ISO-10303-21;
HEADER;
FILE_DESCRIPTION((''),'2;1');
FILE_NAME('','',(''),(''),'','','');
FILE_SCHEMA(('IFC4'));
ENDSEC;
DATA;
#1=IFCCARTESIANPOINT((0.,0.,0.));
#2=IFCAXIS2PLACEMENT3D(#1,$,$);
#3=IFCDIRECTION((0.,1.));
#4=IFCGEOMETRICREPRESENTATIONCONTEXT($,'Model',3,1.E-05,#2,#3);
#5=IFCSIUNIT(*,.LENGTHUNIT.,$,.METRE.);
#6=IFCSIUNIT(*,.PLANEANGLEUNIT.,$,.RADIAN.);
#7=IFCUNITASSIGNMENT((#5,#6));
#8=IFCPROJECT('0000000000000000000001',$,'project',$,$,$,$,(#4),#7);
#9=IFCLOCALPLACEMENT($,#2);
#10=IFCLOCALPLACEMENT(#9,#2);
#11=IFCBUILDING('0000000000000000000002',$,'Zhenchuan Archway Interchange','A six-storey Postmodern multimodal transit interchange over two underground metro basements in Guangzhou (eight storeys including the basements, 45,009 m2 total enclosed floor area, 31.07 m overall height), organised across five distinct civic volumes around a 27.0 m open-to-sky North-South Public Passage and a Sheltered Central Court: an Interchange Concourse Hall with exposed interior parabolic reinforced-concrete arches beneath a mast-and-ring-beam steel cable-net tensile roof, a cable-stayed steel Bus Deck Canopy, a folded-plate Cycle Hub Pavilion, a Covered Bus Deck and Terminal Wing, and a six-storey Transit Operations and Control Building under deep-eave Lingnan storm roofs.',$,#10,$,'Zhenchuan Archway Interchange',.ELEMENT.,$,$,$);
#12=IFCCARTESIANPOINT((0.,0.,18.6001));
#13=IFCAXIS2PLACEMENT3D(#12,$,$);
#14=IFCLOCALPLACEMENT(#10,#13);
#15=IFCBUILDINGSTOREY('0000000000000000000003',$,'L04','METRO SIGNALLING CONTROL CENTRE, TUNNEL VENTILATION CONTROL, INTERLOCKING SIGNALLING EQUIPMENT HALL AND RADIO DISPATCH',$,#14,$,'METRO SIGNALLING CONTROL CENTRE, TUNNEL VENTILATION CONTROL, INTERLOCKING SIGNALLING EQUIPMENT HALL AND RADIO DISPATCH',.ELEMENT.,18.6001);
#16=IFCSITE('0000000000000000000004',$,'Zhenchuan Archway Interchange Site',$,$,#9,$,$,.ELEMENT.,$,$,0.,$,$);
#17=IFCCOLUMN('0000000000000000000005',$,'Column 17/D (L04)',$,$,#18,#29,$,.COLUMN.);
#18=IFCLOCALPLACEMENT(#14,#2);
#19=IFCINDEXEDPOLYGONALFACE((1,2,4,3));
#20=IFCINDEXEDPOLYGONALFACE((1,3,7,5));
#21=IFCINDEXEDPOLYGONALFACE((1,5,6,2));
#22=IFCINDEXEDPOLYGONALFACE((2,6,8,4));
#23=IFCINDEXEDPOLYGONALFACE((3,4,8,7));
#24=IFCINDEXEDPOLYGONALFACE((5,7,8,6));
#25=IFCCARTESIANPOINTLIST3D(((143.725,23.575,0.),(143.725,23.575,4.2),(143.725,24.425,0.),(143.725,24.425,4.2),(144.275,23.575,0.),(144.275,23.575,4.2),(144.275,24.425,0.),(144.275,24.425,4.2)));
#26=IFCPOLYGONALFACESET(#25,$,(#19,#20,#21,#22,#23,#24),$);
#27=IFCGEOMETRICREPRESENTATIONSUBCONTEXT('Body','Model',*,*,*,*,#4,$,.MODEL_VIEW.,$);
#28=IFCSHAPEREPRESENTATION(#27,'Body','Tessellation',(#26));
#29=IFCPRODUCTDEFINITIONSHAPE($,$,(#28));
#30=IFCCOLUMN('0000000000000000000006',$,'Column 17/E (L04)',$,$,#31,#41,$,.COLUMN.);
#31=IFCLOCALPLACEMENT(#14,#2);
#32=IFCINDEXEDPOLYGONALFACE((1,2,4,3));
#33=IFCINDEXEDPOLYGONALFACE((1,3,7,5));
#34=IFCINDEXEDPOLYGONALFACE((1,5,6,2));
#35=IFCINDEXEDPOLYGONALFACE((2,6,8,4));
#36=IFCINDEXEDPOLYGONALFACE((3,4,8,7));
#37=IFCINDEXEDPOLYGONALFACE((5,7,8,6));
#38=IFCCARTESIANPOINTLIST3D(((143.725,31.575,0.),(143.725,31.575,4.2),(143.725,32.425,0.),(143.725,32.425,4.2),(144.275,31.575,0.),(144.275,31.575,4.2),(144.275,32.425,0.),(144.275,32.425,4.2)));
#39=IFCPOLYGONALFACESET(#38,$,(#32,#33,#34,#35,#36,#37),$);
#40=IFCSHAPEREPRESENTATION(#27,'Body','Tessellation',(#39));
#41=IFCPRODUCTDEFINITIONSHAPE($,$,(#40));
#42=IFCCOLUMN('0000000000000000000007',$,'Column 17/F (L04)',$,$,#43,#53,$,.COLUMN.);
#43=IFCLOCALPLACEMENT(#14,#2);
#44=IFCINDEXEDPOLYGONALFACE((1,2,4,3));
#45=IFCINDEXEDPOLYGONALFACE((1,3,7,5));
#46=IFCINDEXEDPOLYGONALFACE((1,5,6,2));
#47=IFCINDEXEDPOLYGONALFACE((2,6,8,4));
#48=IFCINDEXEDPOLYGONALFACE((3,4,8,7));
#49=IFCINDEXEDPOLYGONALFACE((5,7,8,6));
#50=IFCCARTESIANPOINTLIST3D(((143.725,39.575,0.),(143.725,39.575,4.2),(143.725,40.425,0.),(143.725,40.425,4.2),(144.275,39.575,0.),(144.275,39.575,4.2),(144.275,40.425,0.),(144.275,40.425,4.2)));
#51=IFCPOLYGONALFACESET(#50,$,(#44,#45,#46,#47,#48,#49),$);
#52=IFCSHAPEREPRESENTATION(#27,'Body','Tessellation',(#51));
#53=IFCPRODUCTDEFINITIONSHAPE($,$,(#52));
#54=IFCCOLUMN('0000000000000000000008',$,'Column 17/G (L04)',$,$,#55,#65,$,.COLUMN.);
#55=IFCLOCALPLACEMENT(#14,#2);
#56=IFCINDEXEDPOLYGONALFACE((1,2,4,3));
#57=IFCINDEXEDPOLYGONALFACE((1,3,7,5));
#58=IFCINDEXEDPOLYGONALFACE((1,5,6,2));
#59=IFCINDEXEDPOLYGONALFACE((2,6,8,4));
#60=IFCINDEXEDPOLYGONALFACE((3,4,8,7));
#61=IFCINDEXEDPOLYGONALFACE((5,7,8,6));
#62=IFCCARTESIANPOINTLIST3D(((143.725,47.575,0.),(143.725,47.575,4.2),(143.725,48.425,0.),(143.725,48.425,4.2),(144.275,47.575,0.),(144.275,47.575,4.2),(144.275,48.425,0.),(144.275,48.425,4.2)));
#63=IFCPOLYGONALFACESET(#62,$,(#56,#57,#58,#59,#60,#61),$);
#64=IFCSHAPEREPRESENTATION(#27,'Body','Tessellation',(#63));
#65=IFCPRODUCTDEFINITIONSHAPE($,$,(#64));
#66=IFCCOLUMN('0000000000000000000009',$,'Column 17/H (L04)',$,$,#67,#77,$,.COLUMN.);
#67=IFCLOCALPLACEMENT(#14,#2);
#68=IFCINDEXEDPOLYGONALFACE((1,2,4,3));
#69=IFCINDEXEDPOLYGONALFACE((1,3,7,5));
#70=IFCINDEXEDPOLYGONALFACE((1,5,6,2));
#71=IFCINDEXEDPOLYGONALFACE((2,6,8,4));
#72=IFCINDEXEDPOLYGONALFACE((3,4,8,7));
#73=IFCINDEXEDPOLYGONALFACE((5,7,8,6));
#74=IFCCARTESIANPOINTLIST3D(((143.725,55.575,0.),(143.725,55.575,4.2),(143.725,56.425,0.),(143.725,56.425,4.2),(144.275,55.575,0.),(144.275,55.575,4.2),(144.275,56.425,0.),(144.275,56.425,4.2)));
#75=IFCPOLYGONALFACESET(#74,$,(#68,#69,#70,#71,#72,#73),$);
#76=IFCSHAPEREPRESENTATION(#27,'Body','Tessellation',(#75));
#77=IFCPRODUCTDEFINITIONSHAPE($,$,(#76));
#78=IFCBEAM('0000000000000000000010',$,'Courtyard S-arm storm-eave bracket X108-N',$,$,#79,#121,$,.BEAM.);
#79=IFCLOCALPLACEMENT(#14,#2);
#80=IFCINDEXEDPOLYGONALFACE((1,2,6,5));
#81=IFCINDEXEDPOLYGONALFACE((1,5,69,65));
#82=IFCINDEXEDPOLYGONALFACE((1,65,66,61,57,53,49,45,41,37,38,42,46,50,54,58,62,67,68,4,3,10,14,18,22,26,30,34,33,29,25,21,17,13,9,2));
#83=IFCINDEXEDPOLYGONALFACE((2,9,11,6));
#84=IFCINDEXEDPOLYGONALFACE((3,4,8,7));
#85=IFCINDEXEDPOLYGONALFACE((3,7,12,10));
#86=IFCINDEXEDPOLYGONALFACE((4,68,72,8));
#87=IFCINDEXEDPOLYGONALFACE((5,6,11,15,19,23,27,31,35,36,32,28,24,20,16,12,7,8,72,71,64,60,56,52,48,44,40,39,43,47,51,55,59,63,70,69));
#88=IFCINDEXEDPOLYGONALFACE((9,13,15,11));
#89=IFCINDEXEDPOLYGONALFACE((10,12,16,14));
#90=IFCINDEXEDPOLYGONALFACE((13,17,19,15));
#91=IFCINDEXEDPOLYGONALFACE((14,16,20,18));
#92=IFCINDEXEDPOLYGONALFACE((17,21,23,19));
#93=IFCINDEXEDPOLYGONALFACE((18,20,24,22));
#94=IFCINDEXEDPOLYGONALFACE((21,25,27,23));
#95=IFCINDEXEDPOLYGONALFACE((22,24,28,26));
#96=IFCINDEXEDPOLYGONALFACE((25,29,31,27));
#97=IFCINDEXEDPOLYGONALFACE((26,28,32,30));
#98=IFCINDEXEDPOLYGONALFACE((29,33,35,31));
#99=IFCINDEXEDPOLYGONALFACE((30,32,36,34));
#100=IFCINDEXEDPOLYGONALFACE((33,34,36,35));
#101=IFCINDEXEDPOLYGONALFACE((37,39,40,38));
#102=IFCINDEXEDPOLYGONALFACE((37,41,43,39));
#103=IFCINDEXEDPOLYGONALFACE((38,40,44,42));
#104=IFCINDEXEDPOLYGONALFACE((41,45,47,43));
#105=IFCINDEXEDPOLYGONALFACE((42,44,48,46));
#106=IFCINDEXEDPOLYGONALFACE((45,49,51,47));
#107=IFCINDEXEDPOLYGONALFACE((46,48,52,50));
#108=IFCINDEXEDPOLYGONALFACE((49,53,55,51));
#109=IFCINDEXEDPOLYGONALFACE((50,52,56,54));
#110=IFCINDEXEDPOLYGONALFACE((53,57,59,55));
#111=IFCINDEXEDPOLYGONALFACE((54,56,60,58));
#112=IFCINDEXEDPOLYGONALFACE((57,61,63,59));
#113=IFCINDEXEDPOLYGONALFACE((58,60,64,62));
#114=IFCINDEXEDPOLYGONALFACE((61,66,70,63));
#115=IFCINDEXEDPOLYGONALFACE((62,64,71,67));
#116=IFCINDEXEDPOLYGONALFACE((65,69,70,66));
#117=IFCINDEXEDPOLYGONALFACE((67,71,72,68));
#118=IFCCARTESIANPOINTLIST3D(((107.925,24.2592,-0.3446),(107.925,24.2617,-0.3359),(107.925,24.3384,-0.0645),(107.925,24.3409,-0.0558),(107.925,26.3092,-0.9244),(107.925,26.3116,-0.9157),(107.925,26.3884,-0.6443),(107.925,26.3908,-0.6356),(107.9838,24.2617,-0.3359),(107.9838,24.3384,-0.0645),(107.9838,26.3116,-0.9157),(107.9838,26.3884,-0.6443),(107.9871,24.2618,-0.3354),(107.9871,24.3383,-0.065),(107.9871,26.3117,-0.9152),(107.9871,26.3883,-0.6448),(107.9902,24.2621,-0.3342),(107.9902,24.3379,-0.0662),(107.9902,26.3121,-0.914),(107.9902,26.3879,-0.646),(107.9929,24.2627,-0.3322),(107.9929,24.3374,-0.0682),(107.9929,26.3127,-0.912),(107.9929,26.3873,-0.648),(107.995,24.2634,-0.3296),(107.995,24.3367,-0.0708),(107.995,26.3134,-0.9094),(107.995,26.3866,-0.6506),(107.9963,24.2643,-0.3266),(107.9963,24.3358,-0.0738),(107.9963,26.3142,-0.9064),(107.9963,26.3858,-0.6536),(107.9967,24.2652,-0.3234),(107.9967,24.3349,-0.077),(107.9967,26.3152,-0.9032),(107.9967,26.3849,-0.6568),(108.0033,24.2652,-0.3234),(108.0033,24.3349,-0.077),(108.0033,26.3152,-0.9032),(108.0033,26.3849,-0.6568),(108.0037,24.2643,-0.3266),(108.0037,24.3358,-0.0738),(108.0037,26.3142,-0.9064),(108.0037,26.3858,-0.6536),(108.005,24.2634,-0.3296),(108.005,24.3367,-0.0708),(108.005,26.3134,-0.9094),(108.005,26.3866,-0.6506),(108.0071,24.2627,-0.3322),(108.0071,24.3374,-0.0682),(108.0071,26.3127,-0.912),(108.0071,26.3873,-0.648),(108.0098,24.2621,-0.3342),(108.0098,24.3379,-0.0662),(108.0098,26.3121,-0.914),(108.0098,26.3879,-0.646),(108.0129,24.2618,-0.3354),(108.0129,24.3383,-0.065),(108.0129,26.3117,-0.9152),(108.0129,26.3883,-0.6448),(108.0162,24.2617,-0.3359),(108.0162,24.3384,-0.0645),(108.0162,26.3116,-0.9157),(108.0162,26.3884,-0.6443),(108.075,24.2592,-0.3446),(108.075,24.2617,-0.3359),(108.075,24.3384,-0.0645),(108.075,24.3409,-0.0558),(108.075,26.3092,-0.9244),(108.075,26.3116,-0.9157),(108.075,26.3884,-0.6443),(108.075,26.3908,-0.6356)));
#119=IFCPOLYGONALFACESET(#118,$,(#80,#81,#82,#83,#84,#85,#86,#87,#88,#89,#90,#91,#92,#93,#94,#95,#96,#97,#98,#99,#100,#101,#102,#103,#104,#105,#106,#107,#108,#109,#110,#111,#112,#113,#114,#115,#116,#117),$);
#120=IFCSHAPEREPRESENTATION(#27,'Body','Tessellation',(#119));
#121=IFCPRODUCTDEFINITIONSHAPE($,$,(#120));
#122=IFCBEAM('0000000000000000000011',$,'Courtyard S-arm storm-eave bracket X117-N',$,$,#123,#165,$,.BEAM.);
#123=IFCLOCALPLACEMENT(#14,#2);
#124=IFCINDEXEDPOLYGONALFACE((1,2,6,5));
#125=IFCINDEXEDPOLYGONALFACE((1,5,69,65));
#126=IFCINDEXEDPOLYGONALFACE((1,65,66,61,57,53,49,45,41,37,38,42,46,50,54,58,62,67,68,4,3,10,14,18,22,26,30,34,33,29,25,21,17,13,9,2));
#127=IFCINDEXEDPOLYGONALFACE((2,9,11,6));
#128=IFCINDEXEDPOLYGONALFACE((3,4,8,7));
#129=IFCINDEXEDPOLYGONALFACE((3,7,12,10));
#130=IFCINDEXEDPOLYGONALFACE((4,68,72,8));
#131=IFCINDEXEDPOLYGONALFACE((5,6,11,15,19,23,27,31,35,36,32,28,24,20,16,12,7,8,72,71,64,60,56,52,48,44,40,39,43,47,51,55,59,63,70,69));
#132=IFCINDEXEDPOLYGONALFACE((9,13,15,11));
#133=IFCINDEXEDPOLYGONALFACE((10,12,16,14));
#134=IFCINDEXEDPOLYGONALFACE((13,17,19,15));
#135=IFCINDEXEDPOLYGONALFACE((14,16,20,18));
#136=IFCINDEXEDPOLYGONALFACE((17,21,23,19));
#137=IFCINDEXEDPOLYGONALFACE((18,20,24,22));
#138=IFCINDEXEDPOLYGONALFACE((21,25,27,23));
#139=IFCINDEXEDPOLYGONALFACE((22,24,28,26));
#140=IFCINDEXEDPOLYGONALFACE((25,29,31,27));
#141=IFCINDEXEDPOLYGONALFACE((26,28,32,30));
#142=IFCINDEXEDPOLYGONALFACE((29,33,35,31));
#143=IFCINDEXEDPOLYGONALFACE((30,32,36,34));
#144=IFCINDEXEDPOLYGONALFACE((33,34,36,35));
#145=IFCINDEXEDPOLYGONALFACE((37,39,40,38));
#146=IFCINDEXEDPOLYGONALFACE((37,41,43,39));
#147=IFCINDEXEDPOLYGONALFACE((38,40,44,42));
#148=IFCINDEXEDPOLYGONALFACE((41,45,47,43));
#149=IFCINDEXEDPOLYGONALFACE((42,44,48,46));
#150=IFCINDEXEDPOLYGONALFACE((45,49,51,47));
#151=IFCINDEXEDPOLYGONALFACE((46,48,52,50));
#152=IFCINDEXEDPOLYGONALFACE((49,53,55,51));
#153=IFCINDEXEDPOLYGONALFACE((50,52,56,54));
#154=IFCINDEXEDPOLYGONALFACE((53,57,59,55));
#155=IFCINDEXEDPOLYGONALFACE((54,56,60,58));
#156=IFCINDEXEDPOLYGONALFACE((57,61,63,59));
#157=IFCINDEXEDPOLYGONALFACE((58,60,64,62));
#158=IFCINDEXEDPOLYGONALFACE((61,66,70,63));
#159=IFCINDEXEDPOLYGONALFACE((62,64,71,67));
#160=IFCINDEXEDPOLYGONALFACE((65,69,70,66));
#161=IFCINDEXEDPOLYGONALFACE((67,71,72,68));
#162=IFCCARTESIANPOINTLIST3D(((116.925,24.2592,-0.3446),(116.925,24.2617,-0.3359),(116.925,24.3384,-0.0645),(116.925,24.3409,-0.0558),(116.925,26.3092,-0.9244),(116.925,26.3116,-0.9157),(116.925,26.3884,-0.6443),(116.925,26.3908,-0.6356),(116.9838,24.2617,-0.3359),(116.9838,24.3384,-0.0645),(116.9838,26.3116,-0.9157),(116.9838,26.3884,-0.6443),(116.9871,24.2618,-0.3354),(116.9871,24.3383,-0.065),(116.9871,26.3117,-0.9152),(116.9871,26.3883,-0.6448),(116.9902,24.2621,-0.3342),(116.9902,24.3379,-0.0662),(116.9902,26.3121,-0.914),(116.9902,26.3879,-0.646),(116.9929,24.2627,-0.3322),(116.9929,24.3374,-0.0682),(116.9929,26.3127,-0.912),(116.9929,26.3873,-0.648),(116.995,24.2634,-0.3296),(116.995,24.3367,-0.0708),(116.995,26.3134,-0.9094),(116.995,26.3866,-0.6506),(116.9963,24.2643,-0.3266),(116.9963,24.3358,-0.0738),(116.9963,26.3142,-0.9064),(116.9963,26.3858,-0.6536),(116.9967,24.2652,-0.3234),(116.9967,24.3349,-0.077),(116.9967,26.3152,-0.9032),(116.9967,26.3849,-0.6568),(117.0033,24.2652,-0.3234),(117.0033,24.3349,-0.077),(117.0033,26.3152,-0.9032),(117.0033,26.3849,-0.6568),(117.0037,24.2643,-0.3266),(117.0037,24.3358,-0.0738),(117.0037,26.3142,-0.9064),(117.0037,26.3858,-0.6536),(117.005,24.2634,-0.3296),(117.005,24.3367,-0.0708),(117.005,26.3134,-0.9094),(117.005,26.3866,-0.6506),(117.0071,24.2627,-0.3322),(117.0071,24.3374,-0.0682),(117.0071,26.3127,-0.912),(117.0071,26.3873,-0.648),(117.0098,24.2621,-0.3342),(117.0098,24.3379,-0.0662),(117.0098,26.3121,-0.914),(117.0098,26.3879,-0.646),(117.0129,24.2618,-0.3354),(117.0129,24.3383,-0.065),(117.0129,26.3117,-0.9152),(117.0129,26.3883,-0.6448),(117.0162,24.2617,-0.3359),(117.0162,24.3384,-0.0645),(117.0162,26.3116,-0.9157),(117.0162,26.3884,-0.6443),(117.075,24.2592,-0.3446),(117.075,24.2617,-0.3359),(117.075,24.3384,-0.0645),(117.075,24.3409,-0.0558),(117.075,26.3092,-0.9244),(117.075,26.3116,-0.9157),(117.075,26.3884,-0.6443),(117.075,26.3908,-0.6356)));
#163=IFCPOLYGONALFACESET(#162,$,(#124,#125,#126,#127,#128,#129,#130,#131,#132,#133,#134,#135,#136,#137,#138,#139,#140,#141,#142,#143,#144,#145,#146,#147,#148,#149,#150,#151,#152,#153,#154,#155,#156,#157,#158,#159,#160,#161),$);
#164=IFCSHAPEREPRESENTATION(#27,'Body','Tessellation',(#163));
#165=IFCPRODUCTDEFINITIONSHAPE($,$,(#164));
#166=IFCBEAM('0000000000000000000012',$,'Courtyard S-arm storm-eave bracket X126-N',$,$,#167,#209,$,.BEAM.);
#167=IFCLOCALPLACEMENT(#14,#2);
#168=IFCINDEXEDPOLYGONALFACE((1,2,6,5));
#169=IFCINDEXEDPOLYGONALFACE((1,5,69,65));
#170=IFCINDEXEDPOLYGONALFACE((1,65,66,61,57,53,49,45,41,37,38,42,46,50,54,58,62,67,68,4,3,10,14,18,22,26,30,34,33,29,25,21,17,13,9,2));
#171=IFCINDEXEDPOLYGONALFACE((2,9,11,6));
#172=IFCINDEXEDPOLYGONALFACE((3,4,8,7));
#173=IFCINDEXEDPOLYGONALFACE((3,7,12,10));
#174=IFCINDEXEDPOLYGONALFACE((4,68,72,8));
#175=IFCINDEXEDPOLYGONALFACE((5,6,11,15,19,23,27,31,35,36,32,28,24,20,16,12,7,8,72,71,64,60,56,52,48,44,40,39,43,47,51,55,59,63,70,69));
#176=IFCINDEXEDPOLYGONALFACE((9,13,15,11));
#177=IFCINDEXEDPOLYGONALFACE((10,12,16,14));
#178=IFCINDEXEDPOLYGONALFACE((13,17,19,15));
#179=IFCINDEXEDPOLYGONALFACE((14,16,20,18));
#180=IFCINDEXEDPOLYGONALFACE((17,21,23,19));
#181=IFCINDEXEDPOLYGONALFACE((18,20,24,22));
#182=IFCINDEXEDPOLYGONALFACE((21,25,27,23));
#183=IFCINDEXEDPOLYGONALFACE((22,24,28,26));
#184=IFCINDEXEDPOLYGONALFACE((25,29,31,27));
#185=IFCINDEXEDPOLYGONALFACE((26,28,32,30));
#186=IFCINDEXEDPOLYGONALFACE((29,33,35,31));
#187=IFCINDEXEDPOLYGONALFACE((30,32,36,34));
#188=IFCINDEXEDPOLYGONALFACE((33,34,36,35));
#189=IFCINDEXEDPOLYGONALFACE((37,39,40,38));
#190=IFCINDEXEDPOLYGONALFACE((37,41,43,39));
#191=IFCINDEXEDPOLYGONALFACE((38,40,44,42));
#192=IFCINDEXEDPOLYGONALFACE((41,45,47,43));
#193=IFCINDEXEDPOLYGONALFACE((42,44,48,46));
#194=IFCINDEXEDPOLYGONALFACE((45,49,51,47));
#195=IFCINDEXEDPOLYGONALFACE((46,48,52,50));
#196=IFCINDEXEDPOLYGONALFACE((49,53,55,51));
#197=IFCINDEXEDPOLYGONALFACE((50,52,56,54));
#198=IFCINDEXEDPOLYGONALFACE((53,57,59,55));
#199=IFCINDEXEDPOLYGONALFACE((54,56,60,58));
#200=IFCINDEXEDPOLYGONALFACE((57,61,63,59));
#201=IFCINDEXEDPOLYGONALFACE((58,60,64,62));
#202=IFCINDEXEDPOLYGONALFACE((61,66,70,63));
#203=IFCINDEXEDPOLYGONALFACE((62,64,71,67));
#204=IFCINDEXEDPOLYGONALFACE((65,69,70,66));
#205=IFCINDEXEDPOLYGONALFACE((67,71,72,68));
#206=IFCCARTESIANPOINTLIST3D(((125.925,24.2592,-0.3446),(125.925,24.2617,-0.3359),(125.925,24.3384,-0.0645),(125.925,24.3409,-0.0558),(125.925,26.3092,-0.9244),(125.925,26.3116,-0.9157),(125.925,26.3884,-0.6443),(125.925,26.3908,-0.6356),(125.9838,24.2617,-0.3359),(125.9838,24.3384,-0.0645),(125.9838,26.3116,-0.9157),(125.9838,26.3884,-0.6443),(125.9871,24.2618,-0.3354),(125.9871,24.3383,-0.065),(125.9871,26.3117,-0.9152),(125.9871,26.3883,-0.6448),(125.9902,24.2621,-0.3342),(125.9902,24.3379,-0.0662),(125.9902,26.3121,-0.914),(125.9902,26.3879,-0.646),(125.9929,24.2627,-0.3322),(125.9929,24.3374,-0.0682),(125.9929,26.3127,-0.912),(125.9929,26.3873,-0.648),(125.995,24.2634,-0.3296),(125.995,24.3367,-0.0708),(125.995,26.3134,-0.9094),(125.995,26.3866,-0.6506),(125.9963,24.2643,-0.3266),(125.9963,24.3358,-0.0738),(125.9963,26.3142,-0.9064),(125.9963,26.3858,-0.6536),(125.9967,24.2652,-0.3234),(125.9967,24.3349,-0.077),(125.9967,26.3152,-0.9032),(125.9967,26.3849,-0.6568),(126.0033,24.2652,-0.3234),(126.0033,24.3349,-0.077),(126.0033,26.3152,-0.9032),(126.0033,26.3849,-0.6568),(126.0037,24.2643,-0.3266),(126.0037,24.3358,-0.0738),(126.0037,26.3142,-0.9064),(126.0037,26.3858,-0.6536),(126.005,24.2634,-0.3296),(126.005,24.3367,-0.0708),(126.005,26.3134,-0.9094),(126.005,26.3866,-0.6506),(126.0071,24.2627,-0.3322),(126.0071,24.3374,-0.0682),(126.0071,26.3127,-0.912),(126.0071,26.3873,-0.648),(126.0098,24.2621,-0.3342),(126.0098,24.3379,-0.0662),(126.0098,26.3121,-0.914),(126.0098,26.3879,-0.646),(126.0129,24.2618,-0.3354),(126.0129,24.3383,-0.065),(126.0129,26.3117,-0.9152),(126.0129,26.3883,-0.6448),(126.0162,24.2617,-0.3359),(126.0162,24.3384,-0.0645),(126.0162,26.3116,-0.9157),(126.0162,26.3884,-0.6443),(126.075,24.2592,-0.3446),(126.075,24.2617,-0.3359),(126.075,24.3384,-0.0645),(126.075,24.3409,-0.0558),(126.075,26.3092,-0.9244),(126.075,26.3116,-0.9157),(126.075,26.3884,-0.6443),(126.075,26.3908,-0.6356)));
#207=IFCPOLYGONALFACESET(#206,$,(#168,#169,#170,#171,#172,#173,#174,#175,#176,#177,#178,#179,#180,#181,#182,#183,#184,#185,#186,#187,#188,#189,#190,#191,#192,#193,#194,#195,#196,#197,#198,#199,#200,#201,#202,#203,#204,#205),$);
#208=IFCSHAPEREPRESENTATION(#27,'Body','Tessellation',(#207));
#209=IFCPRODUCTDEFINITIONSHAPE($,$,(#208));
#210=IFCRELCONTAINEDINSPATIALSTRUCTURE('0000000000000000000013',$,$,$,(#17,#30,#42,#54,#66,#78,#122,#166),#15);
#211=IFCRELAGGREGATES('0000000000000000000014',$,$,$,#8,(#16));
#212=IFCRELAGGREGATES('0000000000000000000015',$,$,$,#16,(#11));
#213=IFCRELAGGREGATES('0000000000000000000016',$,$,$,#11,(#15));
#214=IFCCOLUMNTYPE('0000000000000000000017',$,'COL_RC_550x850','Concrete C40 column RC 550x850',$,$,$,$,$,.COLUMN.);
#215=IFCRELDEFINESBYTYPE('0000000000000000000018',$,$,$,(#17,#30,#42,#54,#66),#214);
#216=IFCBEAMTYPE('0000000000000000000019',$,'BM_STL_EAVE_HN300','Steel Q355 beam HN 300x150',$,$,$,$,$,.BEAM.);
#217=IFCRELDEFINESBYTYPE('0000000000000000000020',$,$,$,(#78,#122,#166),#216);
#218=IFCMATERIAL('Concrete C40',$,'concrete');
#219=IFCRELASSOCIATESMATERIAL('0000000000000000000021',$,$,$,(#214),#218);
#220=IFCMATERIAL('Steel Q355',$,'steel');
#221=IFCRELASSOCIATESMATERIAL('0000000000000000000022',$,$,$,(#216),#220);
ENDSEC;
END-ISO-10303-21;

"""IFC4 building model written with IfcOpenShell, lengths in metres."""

from ifc_helpers import new_model, si_unit, direction, frame, origin, origin_2d, place, context, subcontext, project, spatial, rectangle, i_section, extrude, material, material_profile, profile_set, type_object, element, save


model = new_model("IFC4")

# Units and contexts
model_context = context("Model", 3, precision=1e-05, world=origin(), true_north=direction((0.0, 1.0)))
body_context = subcontext(model_context, "Body", "Model", "MODEL_VIEW")
ifc_project = project(units=[si_unit("LENGTHUNIT", "METRE"), si_unit("PLANEANGLEUNIT", "RADIAN")], contexts=[model_context])

# Site, building, storey
site_placement = place(None, origin())
site = spatial("IfcSite", under=ifc_project, at=site_placement, Name="Zhenchuan Archway Interchange Site", CompositionType="ELEMENT", RefElevation=0.0)
building_placement = place(site_placement, origin())
building = spatial("IfcBuilding", under=site, at=building_placement, Name="Zhenchuan Archway Interchange", Description="A six-storey Postmodern multimodal transit interchange over two underground metro basements in Guangzhou (eight storeys including the basements, 45,009 m2 total enclosed floor area, 31.07 m overall height), organised across five distinct civic volumes around a 27.0 m open-to-sky North-South Public Passage and a Sheltered Central Court: an Interchange Concourse Hall with exposed interior parabolic reinforced-concrete arches beneath a mast-and-ring-beam steel cable-net tensile roof, a cable-stayed steel Bus Deck Canopy, a folded-plate Cycle Hub Pavilion, a Covered Bus Deck and Terminal Wing, and a six-storey Transit Operations and Control Building under deep-eave Lingnan storm roofs.", LongName="Zhenchuan Archway Interchange", CompositionType="ELEMENT")
storey_placement = place(building_placement, frame((0.0, 0.0, 18.6001)))
storey = spatial("IfcBuildingStorey", under=building, at=storey_placement, Name="L04", Description="METRO SIGNALLING CONTROL CENTRE, TUNNEL VENTILATION CONTROL, INTERLOCKING SIGNALLING EQUIPMENT HALL AND RADIO DISPATCH", LongName="METRO SIGNALLING CONTROL CENTRE, TUNNEL VENTILATION CONTROL, INTERLOCKING SIGNALLING EQUIPMENT HALL AND RADIO DISPATCH", CompositionType="ELEMENT", Elevation=18.6001)

# Columns
ifc_material_1 = material(Name="Concrete C40", Category="concrete")
ifc_material_profile_1 = material_profile(ifc_material_1, rectangle(XDim=0.55, YDim=0.8501, at=origin_2d()), Name="RC 550x850")
ifc_profile_set_1 = profile_set([ifc_material_profile_1], Name="Concrete C40")
column_type = type_object("IfcColumnType", Name="COL_RC_550x850", Description="Concrete C40 column RC 550x850", PredefinedType="COLUMN", material=ifc_profile_set_1)
for number, where, z_axis, x_axis, name in (
    (1, (144.0, 24.0, 0.0), (0.0, 0.0, 1.0), (1.0, 0.0, 0.0), "Column 17/D (L04)"),
    (2, (144.0, 32.0, 0.0), (0.0, 0.0, 1.0), (1.0, 0.0, 0.0), "Column 17/E (L04)"),
    (3, (144.0, 40.0, 0.0), (0.0, 0.0, 1.0), (1.0, 0.0, 0.0), "Column 17/F (L04)"),
    (4, (144.0, 48.0, 0.0), (0.0, 0.0, 1.0), (1.0, 0.0, 0.0), "Column 17/G (L04)"),
    (5, (144.0, 56.0, 0.0), (0.0, 0.0, 1.0), (1.0, 0.0, 0.0), "Column 17/H (L04)"),
):
    element("IfcColumn", number, at=place(storey_placement, frame(where, z_axis=z_axis, x_axis=x_axis)), inside=storey, type_object=column_type, Name=name, PredefinedType="COLUMN", context=body_context, shape_type="SweptSolid", body=[
        extrude(rectangle(XDim=0.55, YDim=0.8501, at=origin_2d()), origin(), (0.0, 0.0, 1.0), 4.2),
    ])

# Beams
ifc_material_2 = material(Name="Steel Q355", Category="steel")
ifc_material_profile_2 = material_profile(ifc_material_2, i_section(OverallWidth=0.1499, OverallDepth=0.3, WebThickness=0.0066, FlangeThickness=0.009, FilletRadius=0.0129, at=origin_2d()), Name="HN 300x150")
ifc_profile_set_2 = profile_set([ifc_material_profile_2], Name="Steel Q355")
beam_type_1 = type_object("IfcBeamType", Name="BM_STL_EAVE_HN300", Description="Steel Q355 beam HN 300x150", PredefinedType="BEAM", material=ifc_profile_set_2)
for number, where, z_axis, x_axis, name in (
    (6, (108.0, 24.3, -0.2002), (0.0, 0.962251, -0.272162), (-1.0, 0.0, 0.0), "Courtyard S-arm storm-eave bracket X108-N"),
    (7, (117.0, 24.3, -0.2002), (0.0, 0.962251, -0.272162), (-1.0, 0.0, 0.0), "Courtyard S-arm storm-eave bracket X117-N"),
    (8, (126.0, 24.3, -0.2002), (0.0, 0.962251, -0.272162), (-1.0, 0.0, 0.0), "Courtyard S-arm storm-eave bracket X126-N"),
):
    element("IfcBeam", number, at=place(storey_placement, frame(where, z_axis=z_axis, x_axis=x_axis)), inside=storey, type_object=beam_type_1, Name=name, PredefinedType="BEAM", context=body_context, shape_type="SweptSolid", body=[
        extrude(i_section(OverallWidth=0.1499, OverallDepth=0.3, WebThickness=0.0066, FlangeThickness=0.009, FilletRadius=0.0129, at=origin_2d()), origin(), (0.0, 0.0, 1.0), 2.1304),
    ])

save(model, "model.ifc")
